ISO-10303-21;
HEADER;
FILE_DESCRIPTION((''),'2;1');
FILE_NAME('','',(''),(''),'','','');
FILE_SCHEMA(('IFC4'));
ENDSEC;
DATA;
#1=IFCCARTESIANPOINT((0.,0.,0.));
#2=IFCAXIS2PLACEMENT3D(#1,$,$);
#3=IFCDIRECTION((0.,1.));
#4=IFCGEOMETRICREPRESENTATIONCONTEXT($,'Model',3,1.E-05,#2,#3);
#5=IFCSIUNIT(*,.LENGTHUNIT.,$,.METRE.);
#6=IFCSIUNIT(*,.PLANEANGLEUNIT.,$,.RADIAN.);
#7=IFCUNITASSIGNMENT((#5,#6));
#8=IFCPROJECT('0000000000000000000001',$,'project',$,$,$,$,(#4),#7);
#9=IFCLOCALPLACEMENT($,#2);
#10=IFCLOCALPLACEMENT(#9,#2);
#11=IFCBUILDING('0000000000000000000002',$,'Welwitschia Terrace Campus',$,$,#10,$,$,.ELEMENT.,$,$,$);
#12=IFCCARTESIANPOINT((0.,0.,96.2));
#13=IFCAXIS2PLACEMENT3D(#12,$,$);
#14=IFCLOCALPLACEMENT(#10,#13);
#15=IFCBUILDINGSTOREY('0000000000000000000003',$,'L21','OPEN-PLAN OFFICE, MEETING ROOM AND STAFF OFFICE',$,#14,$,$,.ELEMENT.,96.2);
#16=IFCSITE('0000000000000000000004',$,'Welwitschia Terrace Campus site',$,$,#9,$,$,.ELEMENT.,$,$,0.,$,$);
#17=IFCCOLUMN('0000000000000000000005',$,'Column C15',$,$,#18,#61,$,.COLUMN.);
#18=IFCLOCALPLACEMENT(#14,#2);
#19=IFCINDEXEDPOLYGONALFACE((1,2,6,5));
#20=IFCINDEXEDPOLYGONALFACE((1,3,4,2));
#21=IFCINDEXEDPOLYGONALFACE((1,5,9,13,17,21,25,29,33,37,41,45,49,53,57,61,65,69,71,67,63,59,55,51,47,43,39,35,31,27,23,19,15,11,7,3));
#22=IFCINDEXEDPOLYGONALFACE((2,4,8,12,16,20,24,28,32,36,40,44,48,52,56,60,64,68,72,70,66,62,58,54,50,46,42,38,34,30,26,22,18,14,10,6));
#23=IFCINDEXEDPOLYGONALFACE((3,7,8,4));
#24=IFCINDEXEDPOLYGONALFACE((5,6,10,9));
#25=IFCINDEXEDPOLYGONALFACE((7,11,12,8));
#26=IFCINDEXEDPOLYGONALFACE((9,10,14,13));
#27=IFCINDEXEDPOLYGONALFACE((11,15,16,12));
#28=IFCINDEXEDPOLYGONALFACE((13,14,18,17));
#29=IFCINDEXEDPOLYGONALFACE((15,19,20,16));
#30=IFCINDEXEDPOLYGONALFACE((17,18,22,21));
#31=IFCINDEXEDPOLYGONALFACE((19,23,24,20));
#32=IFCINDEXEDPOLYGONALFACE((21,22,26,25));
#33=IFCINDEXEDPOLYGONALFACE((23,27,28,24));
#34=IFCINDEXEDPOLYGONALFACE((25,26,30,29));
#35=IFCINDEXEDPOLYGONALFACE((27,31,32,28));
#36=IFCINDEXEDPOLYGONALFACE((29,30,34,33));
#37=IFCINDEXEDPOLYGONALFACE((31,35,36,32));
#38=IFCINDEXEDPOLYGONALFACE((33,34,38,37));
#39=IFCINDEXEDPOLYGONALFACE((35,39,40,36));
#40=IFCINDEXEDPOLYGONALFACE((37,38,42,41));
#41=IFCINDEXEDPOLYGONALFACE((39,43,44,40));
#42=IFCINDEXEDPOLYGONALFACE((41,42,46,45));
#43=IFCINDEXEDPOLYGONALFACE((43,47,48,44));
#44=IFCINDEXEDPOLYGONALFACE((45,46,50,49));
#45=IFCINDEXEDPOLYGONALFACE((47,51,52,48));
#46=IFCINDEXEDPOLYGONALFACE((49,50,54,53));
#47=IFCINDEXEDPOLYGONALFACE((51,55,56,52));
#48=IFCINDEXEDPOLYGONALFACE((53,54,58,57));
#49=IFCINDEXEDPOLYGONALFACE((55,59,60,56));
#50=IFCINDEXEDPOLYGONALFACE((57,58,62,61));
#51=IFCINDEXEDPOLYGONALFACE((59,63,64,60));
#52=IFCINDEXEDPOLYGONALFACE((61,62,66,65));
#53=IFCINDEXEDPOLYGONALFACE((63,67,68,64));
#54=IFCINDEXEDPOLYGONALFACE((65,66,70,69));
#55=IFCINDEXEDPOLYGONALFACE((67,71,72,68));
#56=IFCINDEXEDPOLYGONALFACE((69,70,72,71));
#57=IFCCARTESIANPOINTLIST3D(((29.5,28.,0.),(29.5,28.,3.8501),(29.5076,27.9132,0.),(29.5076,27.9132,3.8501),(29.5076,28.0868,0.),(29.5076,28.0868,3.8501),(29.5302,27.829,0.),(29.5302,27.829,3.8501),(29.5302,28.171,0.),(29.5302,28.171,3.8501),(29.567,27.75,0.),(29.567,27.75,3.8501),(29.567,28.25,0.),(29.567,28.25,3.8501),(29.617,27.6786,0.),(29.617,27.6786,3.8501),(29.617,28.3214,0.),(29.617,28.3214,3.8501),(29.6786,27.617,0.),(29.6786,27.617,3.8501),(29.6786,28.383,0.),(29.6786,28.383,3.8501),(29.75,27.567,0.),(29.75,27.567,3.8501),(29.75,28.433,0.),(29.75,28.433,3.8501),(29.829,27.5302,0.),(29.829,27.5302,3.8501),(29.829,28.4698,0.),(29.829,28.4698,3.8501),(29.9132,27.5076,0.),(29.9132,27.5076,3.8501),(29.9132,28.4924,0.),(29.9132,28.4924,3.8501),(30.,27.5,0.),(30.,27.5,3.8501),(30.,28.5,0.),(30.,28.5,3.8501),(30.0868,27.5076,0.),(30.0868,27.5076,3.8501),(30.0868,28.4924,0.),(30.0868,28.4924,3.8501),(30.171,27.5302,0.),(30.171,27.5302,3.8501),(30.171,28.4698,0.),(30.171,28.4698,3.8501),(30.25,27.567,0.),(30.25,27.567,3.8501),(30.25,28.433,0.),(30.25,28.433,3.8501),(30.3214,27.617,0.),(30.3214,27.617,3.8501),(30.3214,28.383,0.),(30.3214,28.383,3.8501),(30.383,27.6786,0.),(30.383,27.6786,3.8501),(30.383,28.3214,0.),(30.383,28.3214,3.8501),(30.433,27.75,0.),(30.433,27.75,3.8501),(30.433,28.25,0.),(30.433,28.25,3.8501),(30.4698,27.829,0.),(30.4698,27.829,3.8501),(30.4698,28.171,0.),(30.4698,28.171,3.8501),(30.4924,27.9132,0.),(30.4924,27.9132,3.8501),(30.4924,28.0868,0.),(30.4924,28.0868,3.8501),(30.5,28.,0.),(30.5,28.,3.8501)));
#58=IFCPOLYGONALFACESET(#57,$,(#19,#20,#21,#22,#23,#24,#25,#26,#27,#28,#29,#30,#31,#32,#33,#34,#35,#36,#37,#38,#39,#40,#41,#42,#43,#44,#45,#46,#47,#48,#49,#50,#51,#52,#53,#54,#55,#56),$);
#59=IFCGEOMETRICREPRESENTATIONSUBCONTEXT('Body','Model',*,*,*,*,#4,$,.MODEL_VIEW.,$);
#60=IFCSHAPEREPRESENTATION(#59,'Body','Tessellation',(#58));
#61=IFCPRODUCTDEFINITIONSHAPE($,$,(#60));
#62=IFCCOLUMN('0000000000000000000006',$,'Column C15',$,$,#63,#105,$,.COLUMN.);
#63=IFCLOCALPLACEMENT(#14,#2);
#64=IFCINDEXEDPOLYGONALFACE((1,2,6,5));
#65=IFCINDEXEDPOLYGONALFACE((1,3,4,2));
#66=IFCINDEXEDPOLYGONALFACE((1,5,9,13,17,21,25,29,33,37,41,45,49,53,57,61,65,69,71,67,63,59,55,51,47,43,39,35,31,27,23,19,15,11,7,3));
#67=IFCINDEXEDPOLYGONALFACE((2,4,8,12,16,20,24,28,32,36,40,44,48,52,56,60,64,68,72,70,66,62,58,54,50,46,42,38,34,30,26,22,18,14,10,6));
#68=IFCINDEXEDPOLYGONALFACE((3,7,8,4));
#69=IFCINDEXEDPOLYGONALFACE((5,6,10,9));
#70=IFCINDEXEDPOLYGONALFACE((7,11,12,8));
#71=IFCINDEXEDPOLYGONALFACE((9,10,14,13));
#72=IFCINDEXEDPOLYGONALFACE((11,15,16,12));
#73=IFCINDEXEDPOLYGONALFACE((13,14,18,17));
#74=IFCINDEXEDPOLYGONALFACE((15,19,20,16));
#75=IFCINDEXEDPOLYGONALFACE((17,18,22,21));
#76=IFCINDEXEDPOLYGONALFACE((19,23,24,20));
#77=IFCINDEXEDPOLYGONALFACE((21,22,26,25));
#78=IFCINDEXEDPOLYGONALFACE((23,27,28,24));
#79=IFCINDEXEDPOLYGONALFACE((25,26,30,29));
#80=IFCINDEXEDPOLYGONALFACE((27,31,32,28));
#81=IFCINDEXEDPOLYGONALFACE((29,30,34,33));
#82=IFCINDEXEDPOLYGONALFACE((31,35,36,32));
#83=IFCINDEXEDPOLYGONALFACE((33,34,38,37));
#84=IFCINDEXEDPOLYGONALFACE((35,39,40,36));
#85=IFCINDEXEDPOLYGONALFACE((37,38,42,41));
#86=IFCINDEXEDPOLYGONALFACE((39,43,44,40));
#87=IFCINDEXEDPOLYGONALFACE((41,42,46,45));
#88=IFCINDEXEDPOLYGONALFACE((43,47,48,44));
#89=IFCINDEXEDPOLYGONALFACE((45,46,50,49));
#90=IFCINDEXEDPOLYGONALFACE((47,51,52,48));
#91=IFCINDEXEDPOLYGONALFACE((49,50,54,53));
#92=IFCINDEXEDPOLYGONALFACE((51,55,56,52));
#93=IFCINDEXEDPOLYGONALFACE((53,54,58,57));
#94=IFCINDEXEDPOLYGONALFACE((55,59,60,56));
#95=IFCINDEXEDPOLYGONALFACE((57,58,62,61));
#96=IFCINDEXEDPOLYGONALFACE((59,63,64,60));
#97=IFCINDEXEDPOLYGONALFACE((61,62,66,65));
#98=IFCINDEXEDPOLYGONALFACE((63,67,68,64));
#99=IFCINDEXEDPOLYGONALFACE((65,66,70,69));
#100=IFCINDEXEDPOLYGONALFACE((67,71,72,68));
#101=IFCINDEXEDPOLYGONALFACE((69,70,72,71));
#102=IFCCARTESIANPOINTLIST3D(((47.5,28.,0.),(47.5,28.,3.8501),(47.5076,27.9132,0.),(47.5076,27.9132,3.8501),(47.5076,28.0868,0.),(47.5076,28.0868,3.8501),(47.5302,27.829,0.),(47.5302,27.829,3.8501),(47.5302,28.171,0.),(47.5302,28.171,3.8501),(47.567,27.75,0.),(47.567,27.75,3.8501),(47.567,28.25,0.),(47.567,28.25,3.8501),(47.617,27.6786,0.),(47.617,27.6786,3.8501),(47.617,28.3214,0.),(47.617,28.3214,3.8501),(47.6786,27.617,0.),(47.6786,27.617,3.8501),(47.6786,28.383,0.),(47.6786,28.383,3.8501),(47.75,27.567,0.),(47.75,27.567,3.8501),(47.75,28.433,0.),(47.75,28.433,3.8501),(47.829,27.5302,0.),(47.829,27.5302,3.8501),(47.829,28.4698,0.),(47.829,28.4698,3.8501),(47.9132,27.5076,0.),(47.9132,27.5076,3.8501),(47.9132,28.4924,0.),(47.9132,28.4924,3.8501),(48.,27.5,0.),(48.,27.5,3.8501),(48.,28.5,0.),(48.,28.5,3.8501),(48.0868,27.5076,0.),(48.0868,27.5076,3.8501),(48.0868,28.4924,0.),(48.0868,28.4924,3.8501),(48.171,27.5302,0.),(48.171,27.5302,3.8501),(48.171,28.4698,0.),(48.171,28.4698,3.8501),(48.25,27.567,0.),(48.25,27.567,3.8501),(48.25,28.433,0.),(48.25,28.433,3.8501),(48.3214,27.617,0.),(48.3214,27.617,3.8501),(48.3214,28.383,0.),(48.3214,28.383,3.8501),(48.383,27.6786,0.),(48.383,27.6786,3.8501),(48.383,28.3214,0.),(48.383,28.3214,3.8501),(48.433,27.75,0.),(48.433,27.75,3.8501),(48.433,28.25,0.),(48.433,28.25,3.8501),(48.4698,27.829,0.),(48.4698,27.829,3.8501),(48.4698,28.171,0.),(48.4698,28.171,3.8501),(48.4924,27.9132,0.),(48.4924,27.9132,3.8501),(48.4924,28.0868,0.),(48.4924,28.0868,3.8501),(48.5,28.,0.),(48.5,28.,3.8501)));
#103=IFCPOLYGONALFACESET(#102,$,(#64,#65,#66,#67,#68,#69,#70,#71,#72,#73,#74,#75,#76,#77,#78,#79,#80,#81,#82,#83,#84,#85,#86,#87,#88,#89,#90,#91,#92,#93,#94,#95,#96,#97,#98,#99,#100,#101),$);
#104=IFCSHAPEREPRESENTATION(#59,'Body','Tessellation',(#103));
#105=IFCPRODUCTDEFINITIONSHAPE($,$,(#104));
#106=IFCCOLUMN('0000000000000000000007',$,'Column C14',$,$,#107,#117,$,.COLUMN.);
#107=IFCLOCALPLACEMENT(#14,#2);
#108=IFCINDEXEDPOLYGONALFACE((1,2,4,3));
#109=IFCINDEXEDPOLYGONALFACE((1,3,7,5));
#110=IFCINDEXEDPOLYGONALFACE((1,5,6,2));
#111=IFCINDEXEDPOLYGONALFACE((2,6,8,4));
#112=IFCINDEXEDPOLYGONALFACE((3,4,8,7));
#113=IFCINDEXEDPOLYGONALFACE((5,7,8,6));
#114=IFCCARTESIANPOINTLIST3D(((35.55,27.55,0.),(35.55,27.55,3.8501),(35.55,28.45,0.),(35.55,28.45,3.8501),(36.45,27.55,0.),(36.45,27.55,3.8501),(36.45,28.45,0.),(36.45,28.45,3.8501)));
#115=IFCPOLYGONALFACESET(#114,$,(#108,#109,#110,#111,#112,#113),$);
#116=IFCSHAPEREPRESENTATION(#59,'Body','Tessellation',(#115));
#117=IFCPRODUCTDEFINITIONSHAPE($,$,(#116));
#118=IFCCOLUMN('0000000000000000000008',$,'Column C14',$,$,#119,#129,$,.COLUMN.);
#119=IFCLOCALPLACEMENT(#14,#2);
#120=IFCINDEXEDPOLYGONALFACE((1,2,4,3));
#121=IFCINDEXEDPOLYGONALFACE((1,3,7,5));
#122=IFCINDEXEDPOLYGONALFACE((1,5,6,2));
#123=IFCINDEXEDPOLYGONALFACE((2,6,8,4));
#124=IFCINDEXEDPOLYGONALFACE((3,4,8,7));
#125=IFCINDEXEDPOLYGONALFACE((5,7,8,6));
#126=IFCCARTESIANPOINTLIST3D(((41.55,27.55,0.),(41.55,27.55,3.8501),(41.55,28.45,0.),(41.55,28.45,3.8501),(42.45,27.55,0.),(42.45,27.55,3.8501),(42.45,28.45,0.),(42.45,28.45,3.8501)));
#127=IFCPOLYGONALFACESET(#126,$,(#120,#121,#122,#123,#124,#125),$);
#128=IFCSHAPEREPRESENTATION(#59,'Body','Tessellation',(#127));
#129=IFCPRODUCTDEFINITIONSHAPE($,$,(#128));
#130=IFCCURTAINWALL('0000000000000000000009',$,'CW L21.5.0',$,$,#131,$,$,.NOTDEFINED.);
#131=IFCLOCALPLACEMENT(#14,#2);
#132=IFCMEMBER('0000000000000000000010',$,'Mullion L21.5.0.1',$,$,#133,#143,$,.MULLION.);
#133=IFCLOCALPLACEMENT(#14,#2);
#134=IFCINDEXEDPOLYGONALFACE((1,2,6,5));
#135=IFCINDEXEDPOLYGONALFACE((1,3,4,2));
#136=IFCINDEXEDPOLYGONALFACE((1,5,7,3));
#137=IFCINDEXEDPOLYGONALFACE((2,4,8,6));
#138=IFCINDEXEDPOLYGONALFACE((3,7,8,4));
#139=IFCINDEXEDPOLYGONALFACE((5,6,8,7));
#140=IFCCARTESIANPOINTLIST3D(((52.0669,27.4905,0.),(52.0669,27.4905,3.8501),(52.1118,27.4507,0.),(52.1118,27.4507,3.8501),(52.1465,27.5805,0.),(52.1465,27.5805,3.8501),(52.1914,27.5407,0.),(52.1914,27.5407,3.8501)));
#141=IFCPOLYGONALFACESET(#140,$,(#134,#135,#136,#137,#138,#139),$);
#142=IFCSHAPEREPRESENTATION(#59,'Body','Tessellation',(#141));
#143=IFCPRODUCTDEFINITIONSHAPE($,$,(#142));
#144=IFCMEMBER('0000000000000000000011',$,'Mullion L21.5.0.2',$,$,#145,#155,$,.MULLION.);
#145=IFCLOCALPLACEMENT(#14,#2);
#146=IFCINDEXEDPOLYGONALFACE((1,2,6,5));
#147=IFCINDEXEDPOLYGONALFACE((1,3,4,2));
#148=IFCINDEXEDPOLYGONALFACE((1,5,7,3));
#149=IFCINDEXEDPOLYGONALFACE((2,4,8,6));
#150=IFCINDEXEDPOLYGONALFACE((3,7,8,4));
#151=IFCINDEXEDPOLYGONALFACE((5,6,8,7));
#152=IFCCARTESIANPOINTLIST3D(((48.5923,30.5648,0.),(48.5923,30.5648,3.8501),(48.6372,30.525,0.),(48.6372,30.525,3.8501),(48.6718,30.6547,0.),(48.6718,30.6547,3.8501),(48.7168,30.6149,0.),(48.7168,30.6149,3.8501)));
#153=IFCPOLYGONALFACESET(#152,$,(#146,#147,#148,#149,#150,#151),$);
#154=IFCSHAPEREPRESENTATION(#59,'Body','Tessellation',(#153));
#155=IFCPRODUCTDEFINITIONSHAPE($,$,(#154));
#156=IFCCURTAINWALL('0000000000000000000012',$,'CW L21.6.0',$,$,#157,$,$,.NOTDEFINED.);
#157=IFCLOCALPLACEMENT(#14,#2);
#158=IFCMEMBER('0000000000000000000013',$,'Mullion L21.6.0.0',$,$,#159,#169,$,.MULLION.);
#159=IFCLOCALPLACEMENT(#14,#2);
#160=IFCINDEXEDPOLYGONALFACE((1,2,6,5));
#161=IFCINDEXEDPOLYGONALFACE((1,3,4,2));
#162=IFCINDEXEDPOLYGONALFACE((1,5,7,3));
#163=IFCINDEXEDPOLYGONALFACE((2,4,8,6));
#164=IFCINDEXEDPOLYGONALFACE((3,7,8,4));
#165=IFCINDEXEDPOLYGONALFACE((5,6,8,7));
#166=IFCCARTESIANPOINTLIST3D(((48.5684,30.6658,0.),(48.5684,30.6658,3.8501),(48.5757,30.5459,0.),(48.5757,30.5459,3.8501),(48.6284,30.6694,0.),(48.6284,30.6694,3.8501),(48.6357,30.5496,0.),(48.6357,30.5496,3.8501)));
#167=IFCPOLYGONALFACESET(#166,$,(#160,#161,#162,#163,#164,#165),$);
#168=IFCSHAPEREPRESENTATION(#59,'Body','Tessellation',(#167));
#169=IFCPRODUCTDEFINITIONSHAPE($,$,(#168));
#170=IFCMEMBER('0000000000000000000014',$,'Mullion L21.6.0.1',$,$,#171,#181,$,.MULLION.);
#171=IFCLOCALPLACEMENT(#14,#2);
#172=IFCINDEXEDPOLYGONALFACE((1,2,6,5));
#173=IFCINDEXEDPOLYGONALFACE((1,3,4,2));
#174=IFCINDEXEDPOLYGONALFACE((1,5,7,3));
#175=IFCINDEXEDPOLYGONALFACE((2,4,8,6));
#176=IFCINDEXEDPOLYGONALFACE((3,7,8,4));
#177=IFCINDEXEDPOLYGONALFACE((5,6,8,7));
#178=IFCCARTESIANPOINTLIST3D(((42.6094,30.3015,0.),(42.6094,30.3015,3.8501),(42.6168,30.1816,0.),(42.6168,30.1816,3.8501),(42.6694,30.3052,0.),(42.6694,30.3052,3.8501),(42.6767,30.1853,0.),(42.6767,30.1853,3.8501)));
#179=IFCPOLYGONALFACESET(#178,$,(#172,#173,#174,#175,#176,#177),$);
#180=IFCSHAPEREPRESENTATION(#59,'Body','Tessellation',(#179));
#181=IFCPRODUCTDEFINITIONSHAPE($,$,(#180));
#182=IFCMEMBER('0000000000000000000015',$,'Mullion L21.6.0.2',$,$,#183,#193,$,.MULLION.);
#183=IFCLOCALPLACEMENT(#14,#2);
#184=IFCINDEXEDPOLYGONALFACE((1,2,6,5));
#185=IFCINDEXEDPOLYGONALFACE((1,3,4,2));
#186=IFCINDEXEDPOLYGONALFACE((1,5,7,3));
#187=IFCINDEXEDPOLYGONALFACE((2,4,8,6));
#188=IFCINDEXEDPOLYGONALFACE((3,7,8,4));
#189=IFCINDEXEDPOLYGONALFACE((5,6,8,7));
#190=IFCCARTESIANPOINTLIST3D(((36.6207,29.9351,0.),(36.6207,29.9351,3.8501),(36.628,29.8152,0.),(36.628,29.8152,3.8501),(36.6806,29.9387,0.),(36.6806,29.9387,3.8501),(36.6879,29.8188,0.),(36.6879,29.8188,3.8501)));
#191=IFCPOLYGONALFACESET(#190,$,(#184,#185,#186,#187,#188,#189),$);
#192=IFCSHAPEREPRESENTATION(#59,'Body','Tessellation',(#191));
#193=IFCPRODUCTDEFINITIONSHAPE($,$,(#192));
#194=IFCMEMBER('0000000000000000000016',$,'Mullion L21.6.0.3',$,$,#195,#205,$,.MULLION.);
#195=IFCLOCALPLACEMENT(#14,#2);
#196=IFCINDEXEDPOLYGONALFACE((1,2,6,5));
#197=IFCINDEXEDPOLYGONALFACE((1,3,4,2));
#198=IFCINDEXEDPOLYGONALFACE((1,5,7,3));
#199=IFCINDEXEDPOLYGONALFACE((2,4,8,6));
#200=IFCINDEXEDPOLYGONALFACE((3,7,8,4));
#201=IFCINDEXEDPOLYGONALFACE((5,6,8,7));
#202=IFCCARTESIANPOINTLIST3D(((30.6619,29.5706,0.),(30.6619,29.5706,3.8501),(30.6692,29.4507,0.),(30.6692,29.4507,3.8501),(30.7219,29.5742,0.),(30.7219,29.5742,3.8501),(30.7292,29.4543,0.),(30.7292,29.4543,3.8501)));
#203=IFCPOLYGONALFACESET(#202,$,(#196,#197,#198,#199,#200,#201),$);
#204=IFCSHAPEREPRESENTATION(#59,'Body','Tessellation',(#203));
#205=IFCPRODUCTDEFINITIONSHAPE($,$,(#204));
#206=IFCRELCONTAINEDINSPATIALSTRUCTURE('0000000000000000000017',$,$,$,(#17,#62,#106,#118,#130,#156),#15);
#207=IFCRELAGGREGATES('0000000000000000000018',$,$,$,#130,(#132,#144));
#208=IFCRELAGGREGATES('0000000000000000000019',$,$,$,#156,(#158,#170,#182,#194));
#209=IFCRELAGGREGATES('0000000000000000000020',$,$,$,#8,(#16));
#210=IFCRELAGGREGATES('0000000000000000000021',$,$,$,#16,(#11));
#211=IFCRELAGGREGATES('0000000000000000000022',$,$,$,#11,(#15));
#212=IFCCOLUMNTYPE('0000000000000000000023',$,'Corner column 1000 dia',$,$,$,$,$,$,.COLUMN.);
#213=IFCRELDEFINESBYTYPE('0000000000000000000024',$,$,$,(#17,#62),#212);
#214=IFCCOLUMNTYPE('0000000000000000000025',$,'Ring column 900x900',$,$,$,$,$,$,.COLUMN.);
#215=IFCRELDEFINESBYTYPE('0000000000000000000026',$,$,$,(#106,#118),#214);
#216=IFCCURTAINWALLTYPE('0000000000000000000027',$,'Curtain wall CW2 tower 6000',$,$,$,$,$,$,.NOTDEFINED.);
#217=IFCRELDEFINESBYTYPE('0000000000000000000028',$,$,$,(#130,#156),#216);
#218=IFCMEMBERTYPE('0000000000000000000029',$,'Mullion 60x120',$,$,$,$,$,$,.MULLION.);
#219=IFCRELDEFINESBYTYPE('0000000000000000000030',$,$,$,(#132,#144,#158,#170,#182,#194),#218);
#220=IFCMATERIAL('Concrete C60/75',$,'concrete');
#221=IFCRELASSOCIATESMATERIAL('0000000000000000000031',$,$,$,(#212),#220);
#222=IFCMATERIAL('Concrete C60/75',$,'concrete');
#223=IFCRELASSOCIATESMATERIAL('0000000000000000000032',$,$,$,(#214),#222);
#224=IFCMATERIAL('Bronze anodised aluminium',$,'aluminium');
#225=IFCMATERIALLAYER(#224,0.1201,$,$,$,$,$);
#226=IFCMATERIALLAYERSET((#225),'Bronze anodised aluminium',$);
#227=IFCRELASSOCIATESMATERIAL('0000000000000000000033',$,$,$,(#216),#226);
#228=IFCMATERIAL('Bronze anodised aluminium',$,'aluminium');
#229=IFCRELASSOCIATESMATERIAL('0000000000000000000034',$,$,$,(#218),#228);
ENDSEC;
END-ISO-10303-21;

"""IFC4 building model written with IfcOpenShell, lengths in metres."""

from ifc_helpers import new_model, si_unit, direction, frame, origin, origin_2d, place, context, subcontext, project, spatial, rectangle, circle, extrude, material, layer, layer_set, material_profile, profile_set, type_object, element, aggregate, save


model = new_model("IFC4")

# Units and contexts
model_context = context("Model", 3, precision=1e-05, world=origin(), true_north=direction((0.0, 1.0)))
body_context = subcontext(model_context, "Body", "Model", "MODEL_VIEW")
ifc_project = project(units=[si_unit("LENGTHUNIT", "METRE"), si_unit("PLANEANGLEUNIT", "RADIAN")], contexts=[model_context])

# Site, building, storey
site_placement = place(None, origin())
site = spatial("IfcSite", under=ifc_project, at=site_placement, Name="Welwitschia Terrace Campus site", CompositionType="ELEMENT", RefElevation=0.0)
building_placement = place(site_placement, origin())
building = spatial("IfcBuilding", under=site, at=building_placement, Name="Welwitschia Terrace Campus", CompositionType="ELEMENT")
storey_placement = place(building_placement, frame((0.0, 0.0, 96.2)))
storey = spatial("IfcBuildingStorey", under=building, at=storey_placement, Name="L21", Description="OPEN-PLAN OFFICE, MEETING ROOM AND STAFF OFFICE", CompositionType="ELEMENT", Elevation=96.2)

# Columns
ifc_material_1 = material(Name="Concrete C60/75", Category="concrete")
ifc_material_profile_1 = material_profile(ifc_material_1, circle(Radius=0.5, at=origin_2d()))
ifc_profile_set_1 = profile_set([ifc_material_profile_1], Name="Concrete C60/75")
column_type_1 = type_object("IfcColumnType", Name="Corner column 1000 dia", PredefinedType="COLUMN", material=ifc_profile_set_1)
for number, where, z_axis, x_axis, name in (
    (1, (30.0, 28.0, 0.0), (0.0, 0.0, 1.0), (1.0, 0.0, 0.0), "Column C15"),
    (2, (48.0, 28.0, 0.0), (0.0, 0.0, 1.0), (1.0, 0.0, 0.0), "Column C15"),
):
    element("IfcColumn", number, at=place(storey_placement, frame(where, z_axis=z_axis, x_axis=x_axis)), inside=storey, type_object=column_type_1, Name=name, PredefinedType="COLUMN", context=body_context, shape_type="SweptSolid", body=[
        extrude(circle(Radius=0.5, at=origin_2d()), origin(), (0.0, 0.0, 1.0), 3.8501),
    ])
ifc_material_2 = material(Name="Concrete C60/75", Category="concrete")
ifc_material_profile_2 = material_profile(ifc_material_2, rectangle(XDim=0.8999, YDim=0.8999, at=origin_2d()))
ifc_profile_set_2 = profile_set([ifc_material_profile_2], Name="Concrete C60/75")
column_type_2 = type_object("IfcColumnType", Name="Ring column 900x900", PredefinedType="COLUMN", material=ifc_profile_set_2)
for number, where, z_axis, x_axis, name in (
    (3, (36.0, 28.0, 0.0), (0.0, 0.0, 1.0), (1.0, 0.0, 0.0), "Column C14"),
    (4, (42.0, 28.0, 0.0), (0.0, 0.0, 1.0), (1.0, 0.0, 0.0), "Column C14"),
):
    element("IfcColumn", number, at=place(storey_placement, frame(where, z_axis=z_axis, x_axis=x_axis)), inside=storey, type_object=column_type_2, Name=name, PredefinedType="COLUMN", context=body_context, shape_type="SweptSolid", body=[
        extrude(rectangle(XDim=0.8999, YDim=0.8999, at=origin_2d()), origin(), (0.0, 0.0, 1.0), 3.8501),
    ])

# Curtain walls, members
ifc_material_3 = material(Name="Bronze anodised aluminium", Category="aluminium")
ifc_layer_1 = layer(ifc_material_3, 0.1201)
ifc_layer_set_1 = layer_set([ifc_layer_1], Name="Bronze anodised aluminium")
curtain_wall_type = type_object("IfcCurtainWallType", Name="Curtain wall CW2 tower 6000", PredefinedType="NOTDEFINED", material=ifc_layer_set_1)
curtain_wall_1_placement = place(storey_placement, origin())
curtain_wall_1 = element("IfcCurtainWall", 5, at=curtain_wall_1_placement, inside=storey, type_object=curtain_wall_type, Name="CW L21.5.0", PredefinedType="NOTDEFINED")
ifc_material_4 = material(Name="Bronze anodised aluminium", Category="aluminium")
ifc_material_profile_3 = material_profile(ifc_material_4, rectangle(XDim=0.1201, YDim=0.0601, at=origin_2d()))
ifc_profile_set_3 = profile_set([ifc_material_profile_3], Name="Bronze anodised aluminium")
member_type_1 = type_object("IfcMemberType", Name="Mullion 60x120", PredefinedType="MULLION", material=ifc_profile_set_3)
member_1_placement = place(storey_placement, frame((52.1292, 27.5156, 0.0), z_axis=(0.0, 0.0, 1.0), x_axis=(-0.66262, -0.748956, 0.0)))
member_1 = element("IfcMember", 6, at=member_1_placement, type_object=member_type_1, Name="Mullion L21.5.0.1", PredefinedType="MULLION", context=body_context, shape_type="SweptSolid", body=[
    extrude(rectangle(XDim=0.1201, YDim=0.0601, at=origin_2d()), origin(), (0.0, 0.0, 1.0), 3.8501),
])
member_2_placement = place(storey_placement, frame((48.6545, 30.5898, 0.0), z_axis=(0.0, 0.0, 1.0), x_axis=(-0.66262, -0.748956, 0.0)))
member_2 = element("IfcMember", 7, at=member_2_placement, type_object=member_type_1, Name="Mullion L21.5.0.2", PredefinedType="MULLION", context=body_context, shape_type="SweptSolid", body=[
    extrude(rectangle(XDim=0.1201, YDim=0.0601, at=origin_2d()), origin(), (0.0, 0.0, 1.0), 3.8501),
])
curtain_wall_2_placement = place(storey_placement, origin())
curtain_wall_2 = element("IfcCurtainWall", 8, at=curtain_wall_2_placement, inside=storey, type_object=curtain_wall_type, Name="CW L21.6.0", PredefinedType="NOTDEFINED")
member_3_placement = place(storey_placement, frame((48.6021, 30.6077, 0.0), z_axis=(0.0, 0.0, 1.0), x_axis=(0.061049, -0.998135, 0.0)))
member_3 = element("IfcMember", 9, at=member_3_placement, type_object=member_type_1, Name="Mullion L21.6.0.0", PredefinedType="MULLION", context=body_context, shape_type="SweptSolid", body=[
    extrude(rectangle(XDim=0.1201, YDim=0.0601, at=origin_2d()), origin(), (0.0, 0.0, 1.0), 3.8501),
])
member_4_placement = place(storey_placement, frame((42.6431, 30.2434, 0.0), z_axis=(0.0, 0.0, 1.0), x_axis=(0.061049, -0.998135, 0.0)))
member_4 = element("IfcMember", 10, at=member_4_placement, type_object=member_type_1, Name="Mullion L21.6.0.1", PredefinedType="MULLION", context=body_context, shape_type="SweptSolid", body=[
    extrude(rectangle(XDim=0.1201, YDim=0.0601, at=origin_2d()), origin(), (0.0, 0.0, 1.0), 3.8501),
])
member_5_placement = place(storey_placement, frame((36.6543, 29.877, 0.0), z_axis=(0.0, 0.0, 1.0), x_axis=(0.061049, -0.998135, 0.0)))
member_5 = element("IfcMember", 11, at=member_5_placement, type_object=member_type_1, Name="Mullion L21.6.0.2", PredefinedType="MULLION", context=body_context, shape_type="SweptSolid", body=[
    extrude(rectangle(XDim=0.1201, YDim=0.0601, at=origin_2d()), origin(), (0.0, 0.0, 1.0), 3.8501),
])
member_6_placement = place(storey_placement, frame((30.6956, 29.5125, 0.0), z_axis=(0.0, 0.0, 1.0), x_axis=(0.061049, -0.998135, 0.0)))
member_6 = element("IfcMember", 12, at=member_6_placement, type_object=member_type_1, Name="Mullion L21.6.0.3", PredefinedType="MULLION", context=body_context, shape_type="SweptSolid", body=[
    extrude(rectangle(XDim=0.1201, YDim=0.0601, at=origin_2d()), origin(), (0.0, 0.0, 1.0), 3.8501),
])

aggregate(curtain_wall_1, [member_1, member_2])
aggregate(curtain_wall_2, [member_3, member_4, member_5, member_6])

save(model, "model.ifc")
